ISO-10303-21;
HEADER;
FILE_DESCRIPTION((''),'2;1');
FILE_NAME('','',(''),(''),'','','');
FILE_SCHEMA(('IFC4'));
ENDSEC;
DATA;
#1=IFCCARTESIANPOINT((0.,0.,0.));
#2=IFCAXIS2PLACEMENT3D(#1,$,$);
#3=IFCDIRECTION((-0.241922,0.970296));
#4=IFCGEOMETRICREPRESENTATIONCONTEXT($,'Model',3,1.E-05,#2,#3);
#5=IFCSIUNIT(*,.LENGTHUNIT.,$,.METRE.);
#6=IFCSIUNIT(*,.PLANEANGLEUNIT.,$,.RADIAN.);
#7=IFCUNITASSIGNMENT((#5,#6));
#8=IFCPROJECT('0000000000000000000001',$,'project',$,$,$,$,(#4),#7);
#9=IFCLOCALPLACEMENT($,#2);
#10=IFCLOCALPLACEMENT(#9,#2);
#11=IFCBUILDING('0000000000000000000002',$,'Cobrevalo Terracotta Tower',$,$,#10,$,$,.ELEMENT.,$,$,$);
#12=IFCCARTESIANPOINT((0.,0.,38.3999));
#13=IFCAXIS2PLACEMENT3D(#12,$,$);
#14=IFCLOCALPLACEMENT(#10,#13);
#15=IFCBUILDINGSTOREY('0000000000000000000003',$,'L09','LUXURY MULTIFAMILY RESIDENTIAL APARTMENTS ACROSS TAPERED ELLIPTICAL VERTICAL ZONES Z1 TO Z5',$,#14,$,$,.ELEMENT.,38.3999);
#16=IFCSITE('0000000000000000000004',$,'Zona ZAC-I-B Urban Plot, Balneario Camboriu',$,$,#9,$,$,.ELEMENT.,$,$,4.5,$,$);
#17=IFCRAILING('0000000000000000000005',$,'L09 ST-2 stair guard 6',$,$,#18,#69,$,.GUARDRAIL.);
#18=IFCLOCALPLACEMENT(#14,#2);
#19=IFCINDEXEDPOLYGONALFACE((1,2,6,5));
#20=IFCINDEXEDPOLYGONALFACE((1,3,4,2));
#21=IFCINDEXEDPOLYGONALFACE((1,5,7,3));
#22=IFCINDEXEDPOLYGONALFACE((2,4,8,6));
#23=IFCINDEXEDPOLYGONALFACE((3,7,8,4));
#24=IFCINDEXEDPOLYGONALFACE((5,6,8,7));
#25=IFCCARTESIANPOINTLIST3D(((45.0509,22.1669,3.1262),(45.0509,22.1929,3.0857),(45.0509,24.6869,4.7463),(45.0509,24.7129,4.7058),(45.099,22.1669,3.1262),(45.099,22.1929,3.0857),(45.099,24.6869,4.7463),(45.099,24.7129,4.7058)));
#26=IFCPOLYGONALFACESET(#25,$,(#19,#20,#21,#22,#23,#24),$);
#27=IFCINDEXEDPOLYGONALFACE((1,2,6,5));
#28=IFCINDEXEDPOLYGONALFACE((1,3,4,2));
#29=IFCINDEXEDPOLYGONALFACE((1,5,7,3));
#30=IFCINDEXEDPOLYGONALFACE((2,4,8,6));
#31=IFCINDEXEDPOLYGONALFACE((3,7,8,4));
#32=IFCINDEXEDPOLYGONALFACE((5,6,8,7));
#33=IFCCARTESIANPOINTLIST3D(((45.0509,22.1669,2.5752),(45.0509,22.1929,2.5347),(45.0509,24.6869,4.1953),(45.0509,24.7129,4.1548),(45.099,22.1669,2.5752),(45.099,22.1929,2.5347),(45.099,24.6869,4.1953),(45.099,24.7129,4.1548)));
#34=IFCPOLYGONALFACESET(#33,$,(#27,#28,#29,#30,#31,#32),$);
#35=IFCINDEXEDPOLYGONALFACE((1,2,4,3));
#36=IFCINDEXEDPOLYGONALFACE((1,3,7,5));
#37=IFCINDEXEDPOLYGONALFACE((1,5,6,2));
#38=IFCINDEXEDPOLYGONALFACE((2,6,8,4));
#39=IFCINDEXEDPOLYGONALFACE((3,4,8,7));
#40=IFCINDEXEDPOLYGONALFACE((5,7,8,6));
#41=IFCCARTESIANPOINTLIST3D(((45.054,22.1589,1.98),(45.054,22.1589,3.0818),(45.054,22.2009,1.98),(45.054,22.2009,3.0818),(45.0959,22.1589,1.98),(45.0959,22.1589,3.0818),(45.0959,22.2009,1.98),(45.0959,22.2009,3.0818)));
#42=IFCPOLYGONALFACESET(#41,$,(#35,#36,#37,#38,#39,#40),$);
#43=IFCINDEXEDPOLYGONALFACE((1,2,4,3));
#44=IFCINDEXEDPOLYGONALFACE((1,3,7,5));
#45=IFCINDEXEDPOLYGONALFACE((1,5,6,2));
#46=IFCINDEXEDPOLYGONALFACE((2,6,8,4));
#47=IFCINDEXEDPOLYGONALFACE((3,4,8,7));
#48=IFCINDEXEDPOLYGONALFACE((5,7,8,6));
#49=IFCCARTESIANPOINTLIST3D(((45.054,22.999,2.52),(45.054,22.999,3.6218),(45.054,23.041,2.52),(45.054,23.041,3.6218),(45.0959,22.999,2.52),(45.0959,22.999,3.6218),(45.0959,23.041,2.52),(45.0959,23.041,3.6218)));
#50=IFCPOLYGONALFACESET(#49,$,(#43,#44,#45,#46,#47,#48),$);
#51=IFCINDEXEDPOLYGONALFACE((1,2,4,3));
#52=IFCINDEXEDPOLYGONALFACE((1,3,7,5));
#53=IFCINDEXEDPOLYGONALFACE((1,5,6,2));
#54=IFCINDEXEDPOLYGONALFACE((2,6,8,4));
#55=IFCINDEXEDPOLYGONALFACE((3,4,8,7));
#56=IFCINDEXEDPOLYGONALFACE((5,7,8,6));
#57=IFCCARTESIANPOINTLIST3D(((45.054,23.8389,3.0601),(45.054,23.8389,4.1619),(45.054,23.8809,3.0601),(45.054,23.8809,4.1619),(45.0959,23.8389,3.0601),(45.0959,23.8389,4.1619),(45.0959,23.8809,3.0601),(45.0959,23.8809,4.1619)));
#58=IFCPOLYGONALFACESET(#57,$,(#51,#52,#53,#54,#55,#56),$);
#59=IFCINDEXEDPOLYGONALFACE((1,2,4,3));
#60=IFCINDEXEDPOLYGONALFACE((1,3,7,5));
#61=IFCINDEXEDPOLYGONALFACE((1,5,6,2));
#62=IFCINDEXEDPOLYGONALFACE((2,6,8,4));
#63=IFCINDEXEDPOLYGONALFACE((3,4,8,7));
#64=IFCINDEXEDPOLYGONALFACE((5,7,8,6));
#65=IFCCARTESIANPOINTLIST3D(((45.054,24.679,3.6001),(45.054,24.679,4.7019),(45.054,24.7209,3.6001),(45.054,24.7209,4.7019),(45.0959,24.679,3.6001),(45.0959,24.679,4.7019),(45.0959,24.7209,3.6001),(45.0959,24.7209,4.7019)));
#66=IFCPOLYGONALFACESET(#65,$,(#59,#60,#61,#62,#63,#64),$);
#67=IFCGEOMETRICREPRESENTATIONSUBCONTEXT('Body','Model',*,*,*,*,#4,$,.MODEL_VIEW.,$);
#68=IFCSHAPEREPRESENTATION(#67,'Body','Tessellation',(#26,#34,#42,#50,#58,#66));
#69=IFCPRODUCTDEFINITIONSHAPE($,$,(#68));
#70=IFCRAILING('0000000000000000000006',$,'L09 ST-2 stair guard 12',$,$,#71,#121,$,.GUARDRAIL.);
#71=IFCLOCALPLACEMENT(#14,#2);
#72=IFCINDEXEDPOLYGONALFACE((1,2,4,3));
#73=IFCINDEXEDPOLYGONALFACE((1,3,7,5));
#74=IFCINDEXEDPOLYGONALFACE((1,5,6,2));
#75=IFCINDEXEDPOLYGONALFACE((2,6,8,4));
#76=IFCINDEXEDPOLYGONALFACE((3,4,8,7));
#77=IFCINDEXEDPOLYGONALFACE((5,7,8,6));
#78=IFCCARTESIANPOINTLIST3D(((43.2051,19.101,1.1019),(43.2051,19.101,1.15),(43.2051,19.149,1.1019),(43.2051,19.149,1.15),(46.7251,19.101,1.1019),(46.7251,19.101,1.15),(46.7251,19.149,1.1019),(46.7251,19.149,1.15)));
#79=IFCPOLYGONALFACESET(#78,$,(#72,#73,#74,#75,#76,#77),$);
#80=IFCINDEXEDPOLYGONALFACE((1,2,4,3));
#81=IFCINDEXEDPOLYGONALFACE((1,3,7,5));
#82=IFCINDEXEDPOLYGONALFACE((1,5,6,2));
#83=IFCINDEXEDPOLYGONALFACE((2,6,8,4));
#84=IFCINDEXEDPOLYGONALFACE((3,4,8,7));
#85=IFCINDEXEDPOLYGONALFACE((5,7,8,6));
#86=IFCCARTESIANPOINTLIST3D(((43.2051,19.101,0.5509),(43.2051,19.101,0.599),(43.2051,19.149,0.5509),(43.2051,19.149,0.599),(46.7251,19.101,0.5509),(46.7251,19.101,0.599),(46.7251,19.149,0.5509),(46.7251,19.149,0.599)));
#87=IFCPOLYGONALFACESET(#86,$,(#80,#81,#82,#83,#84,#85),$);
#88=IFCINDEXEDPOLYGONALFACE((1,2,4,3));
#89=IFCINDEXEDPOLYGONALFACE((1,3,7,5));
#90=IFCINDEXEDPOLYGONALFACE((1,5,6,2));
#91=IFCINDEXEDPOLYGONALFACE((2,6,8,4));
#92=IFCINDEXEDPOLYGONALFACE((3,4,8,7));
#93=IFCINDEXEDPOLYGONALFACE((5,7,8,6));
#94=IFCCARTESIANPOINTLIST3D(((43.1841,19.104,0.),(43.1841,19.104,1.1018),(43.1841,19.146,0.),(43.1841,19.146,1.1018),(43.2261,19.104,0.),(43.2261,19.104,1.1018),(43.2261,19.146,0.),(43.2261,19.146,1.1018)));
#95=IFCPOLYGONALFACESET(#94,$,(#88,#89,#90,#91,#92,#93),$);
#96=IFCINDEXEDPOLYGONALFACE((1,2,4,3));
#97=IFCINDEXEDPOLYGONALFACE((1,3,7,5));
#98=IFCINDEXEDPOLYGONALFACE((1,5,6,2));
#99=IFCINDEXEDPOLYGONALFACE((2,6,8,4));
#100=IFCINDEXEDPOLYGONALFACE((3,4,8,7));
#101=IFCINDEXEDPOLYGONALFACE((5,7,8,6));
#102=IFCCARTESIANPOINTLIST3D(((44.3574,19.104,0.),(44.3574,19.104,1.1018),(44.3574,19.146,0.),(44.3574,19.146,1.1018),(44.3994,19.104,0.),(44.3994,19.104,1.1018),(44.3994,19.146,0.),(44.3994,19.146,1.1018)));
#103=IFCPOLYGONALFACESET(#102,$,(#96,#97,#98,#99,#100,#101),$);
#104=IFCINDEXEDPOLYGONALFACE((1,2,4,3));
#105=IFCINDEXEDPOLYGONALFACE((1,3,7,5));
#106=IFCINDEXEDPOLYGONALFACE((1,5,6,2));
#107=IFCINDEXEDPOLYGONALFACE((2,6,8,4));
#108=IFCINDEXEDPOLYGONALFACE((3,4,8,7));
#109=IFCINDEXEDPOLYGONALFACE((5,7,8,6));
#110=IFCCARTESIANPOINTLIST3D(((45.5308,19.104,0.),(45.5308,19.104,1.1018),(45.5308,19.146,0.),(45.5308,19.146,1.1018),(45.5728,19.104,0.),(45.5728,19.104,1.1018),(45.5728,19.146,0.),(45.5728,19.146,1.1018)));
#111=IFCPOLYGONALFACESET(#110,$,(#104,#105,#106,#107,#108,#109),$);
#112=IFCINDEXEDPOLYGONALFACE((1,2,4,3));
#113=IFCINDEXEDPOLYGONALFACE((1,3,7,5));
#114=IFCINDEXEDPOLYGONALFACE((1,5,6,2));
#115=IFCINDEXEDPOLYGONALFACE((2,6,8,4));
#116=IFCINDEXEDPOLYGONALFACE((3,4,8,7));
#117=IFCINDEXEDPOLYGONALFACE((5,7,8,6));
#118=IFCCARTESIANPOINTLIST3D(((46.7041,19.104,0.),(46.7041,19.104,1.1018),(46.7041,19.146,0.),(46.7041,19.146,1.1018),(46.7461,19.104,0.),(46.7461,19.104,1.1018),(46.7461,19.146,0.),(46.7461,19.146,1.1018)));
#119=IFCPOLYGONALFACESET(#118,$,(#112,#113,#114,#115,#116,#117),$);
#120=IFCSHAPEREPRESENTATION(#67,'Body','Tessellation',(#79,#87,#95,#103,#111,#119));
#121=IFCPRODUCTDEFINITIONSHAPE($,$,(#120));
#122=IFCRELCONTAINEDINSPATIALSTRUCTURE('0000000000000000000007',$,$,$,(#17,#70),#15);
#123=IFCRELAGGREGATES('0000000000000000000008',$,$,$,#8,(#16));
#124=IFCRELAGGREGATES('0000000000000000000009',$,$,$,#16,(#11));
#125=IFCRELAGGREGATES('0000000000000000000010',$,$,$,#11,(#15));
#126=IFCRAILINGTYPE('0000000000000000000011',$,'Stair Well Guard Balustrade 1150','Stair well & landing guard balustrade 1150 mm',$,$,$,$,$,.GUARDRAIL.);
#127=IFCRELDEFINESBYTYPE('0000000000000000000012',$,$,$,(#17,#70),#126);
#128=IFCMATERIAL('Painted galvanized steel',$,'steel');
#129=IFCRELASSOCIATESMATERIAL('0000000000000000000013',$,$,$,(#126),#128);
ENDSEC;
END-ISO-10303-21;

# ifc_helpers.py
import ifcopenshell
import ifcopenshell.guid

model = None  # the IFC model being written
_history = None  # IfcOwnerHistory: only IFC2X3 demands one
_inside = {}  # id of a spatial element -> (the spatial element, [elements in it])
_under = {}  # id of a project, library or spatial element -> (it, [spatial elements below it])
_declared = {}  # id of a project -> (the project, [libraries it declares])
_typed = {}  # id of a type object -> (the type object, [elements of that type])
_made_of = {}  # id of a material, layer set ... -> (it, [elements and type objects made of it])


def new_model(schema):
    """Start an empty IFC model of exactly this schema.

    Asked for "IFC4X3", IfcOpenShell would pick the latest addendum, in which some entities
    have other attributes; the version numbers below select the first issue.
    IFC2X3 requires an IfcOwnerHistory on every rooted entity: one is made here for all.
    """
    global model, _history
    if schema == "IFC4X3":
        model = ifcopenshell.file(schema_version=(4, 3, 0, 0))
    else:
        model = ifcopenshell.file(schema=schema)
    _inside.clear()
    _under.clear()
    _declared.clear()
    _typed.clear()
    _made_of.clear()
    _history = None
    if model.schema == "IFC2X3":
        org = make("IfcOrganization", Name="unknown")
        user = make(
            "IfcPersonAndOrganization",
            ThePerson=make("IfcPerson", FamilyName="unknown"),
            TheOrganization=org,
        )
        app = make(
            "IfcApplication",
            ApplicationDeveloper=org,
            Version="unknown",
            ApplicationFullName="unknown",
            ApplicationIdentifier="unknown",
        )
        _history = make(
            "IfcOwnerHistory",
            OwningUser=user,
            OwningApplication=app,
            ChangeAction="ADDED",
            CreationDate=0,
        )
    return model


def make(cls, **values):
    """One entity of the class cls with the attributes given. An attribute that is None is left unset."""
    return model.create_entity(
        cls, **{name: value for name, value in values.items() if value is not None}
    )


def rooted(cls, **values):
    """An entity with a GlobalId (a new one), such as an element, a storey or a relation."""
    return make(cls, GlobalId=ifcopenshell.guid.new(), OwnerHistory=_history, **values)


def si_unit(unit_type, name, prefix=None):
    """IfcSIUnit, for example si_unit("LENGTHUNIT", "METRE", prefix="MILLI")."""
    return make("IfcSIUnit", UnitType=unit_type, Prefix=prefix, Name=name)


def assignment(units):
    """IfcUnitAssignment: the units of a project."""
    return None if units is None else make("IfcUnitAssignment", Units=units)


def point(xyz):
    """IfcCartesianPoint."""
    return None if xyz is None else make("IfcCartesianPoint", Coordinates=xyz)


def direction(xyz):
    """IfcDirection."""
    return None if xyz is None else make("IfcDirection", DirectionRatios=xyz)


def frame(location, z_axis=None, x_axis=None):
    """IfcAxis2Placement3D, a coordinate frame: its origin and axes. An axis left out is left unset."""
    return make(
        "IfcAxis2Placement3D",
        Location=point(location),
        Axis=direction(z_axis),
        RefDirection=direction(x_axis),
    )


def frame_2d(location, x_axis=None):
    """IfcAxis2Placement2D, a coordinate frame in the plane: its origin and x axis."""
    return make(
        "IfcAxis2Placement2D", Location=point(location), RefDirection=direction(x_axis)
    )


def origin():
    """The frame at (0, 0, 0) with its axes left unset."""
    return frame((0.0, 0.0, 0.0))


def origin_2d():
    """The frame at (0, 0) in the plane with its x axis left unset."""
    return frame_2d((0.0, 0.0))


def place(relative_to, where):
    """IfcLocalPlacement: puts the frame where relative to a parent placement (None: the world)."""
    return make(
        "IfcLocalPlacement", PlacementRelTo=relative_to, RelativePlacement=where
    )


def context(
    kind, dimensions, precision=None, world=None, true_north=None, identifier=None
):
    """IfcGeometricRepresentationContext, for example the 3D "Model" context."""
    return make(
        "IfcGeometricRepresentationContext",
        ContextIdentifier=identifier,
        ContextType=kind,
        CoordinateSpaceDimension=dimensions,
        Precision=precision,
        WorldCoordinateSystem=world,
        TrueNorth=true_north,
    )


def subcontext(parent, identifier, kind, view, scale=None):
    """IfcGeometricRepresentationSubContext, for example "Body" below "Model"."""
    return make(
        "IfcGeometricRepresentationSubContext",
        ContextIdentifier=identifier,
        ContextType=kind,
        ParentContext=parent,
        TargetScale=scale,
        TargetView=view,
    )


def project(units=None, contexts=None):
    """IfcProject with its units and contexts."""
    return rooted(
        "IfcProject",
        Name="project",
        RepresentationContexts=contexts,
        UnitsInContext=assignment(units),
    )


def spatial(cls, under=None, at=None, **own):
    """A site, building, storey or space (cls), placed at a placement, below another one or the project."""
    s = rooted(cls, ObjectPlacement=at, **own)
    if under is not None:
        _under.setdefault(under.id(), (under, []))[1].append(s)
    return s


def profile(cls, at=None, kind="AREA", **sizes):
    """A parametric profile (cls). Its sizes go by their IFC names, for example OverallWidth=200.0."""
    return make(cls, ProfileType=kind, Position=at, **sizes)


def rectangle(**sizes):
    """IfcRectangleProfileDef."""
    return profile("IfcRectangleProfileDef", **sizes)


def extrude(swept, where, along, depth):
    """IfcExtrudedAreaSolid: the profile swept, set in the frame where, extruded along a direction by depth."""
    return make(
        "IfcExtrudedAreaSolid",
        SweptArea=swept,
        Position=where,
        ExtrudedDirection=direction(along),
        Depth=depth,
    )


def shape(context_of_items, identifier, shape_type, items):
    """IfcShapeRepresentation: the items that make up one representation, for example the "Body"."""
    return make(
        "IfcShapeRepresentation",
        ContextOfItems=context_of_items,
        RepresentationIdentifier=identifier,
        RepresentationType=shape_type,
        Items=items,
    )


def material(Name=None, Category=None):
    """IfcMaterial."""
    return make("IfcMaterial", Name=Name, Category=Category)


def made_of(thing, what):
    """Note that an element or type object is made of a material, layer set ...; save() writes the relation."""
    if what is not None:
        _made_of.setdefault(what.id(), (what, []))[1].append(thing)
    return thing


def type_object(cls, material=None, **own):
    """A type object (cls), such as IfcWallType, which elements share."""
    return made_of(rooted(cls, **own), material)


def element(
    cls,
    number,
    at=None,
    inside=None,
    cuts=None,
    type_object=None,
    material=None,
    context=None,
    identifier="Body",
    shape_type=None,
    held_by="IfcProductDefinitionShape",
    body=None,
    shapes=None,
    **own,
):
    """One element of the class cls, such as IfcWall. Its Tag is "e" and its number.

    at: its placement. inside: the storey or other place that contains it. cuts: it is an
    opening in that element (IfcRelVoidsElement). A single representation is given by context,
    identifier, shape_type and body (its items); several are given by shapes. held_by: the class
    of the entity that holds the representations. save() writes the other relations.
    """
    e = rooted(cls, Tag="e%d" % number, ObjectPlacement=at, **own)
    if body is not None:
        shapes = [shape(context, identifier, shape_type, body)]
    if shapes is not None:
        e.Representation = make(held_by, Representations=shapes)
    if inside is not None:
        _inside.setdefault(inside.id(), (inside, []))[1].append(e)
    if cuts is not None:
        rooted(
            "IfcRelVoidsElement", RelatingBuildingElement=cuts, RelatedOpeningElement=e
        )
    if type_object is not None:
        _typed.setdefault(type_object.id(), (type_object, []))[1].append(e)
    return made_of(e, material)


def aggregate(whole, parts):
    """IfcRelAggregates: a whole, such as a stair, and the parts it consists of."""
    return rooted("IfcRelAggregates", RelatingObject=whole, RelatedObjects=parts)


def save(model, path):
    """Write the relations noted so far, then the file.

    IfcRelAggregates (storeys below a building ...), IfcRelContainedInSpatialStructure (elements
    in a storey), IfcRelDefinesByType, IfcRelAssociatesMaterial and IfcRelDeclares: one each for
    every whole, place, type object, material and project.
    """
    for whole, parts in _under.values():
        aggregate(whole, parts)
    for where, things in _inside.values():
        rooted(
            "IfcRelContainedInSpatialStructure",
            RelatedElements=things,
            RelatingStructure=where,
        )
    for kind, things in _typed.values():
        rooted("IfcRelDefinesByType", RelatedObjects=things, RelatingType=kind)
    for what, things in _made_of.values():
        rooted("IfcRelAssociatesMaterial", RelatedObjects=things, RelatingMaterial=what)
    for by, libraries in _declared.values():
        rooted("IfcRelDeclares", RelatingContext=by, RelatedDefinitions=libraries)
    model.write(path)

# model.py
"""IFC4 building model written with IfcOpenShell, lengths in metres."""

from ifc_helpers import new_model, si_unit, direction, frame, origin, origin_2d, place, context, subcontext, project, spatial, rectangle, extrude, material, type_object, element, save


model = new_model("IFC4")

# Units and contexts
model_context = context("Model", 3, precision=1e-05, world=origin(), true_north=direction((-0.241922, 0.970296)))
body_context = subcontext(model_context, "Body", "Model", "MODEL_VIEW")
ifc_project = project(units=[si_unit("LENGTHUNIT", "METRE"), si_unit("PLANEANGLEUNIT", "RADIAN")], contexts=[model_context])

# Site, building, storey
site_placement = place(None, origin())
site = spatial("IfcSite", under=ifc_project, at=site_placement, Name="Zona ZAC-I-B Urban Plot, Balneario Camboriu", CompositionType="ELEMENT", RefElevation=4.5)
building_placement = place(site_placement, origin())
building = spatial("IfcBuilding", under=site, at=building_placement, Name="Cobrevalo Terracotta Tower", CompositionType="ELEMENT")
storey_placement = place(building_placement, frame((0.0, 0.0, 38.3999)))
storey = spatial("IfcBuildingStorey", under=building, at=storey_placement, Name="L09", Description="LUXURY MULTIFAMILY RESIDENTIAL APARTMENTS ACROSS TAPERED ELLIPTICAL VERTICAL ZONES Z1 TO Z5", CompositionType="ELEMENT", Elevation=38.3999)

# Railings
ifc_material_1 = material(Name="Painted galvanized steel", Category="steel")
railing_type_1 = type_object("IfcRailingType", Name="Stair Well Guard Balustrade 1150", Description="Stair well & landing guard balustrade 1150 mm", PredefinedType="GUARDRAIL", material=ifc_material_1)
railing_1_placement = place(storey_placement, frame((45.075, 22.1799, 1.98)))
element("IfcRailing", 1, at=railing_1_placement, inside=storey, type_object=railing_type_1, Name="L09 ST-2 stair guard 6", PredefinedType="GUARDRAIL", context=body_context, shape_type="SweptSolid", body=[
    extrude(rectangle(XDim=0.0481, YDim=0.0481, at=origin_2d()), frame((0.0, 0.0, 1.126), z_axis=(0.0, 0.841163, 0.540782), x_axis=(-1.0, 0.0, 0.0)), (0.0, 0.0, 1.0), 2.9958),
    extrude(rectangle(XDim=0.0481, YDim=0.0481, at=origin_2d()), frame((0.0, 0.0, 0.575), z_axis=(0.0, 0.841163, 0.540782), x_axis=(-1.0, 0.0, 0.0)), (0.0, 0.0, 1.0), 2.9958),
    extrude(rectangle(XDim=0.042, YDim=0.042, at=origin_2d()), origin(), (0.0, 0.0, 1.0), 1.1018),
    extrude(rectangle(XDim=0.042, YDim=0.042, at=origin_2d()), frame((0.0, 0.8401, 0.54)), (0.0, 0.0, 1.0), 1.1018),
    extrude(rectangle(XDim=0.042, YDim=0.042, at=origin_2d()), frame((0.0, 1.6799, 1.0801)), (0.0, 0.0, 1.0), 1.1018),
    extrude(rectangle(XDim=0.042, YDim=0.042, at=origin_2d()), frame((0.0, 2.52, 1.6201)), (0.0, 0.0, 1.0), 1.1018),
])
railing_2_placement = place(storey_placement, frame((43.2051, 19.125, 0.0)))
element("IfcRailing", 2, at=railing_2_placement, inside=storey, type_object=railing_type_1, Name="L09 ST-2 stair guard 12", PredefinedType="GUARDRAIL", context=body_context, shape_type="SweptSolid", body=[
    extrude(rectangle(XDim=0.0481, YDim=0.0481, at=origin_2d()), frame((0.0, 0.0, 1.126), z_axis=(1.0, 0.0, 0.0), x_axis=(0.0, 1.0, 0.0)), (0.0, 0.0, 1.0), 3.52),
    extrude(rectangle(XDim=0.0481, YDim=0.0481, at=origin_2d()), frame((0.0, 0.0, 0.575), z_axis=(1.0, 0.0, 0.0), x_axis=(0.0, 1.0, 0.0)), (0.0, 0.0, 1.0), 3.52),
    extrude(rectangle(XDim=0.042, YDim=0.042, at=origin_2d()), origin(), (0.0, 0.0, 1.0), 1.1018),
    extrude(rectangle(XDim=0.042, YDim=0.042, at=origin_2d()), frame((1.1733, 0.0, 0.0)), (0.0, 0.0, 1.0), 1.1018),
    extrude(rectangle(XDim=0.042, YDim=0.042, at=origin_2d()), frame((2.3467, 0.0, 0.0)), (0.0, 0.0, 1.0), 1.1018),
    extrude(rectangle(XDim=0.042, YDim=0.042, at=origin_2d()), frame((3.52, 0.0, 0.0)), (0.0, 0.0, 1.0), 1.1018),
])

save(model, "model.ifc")
